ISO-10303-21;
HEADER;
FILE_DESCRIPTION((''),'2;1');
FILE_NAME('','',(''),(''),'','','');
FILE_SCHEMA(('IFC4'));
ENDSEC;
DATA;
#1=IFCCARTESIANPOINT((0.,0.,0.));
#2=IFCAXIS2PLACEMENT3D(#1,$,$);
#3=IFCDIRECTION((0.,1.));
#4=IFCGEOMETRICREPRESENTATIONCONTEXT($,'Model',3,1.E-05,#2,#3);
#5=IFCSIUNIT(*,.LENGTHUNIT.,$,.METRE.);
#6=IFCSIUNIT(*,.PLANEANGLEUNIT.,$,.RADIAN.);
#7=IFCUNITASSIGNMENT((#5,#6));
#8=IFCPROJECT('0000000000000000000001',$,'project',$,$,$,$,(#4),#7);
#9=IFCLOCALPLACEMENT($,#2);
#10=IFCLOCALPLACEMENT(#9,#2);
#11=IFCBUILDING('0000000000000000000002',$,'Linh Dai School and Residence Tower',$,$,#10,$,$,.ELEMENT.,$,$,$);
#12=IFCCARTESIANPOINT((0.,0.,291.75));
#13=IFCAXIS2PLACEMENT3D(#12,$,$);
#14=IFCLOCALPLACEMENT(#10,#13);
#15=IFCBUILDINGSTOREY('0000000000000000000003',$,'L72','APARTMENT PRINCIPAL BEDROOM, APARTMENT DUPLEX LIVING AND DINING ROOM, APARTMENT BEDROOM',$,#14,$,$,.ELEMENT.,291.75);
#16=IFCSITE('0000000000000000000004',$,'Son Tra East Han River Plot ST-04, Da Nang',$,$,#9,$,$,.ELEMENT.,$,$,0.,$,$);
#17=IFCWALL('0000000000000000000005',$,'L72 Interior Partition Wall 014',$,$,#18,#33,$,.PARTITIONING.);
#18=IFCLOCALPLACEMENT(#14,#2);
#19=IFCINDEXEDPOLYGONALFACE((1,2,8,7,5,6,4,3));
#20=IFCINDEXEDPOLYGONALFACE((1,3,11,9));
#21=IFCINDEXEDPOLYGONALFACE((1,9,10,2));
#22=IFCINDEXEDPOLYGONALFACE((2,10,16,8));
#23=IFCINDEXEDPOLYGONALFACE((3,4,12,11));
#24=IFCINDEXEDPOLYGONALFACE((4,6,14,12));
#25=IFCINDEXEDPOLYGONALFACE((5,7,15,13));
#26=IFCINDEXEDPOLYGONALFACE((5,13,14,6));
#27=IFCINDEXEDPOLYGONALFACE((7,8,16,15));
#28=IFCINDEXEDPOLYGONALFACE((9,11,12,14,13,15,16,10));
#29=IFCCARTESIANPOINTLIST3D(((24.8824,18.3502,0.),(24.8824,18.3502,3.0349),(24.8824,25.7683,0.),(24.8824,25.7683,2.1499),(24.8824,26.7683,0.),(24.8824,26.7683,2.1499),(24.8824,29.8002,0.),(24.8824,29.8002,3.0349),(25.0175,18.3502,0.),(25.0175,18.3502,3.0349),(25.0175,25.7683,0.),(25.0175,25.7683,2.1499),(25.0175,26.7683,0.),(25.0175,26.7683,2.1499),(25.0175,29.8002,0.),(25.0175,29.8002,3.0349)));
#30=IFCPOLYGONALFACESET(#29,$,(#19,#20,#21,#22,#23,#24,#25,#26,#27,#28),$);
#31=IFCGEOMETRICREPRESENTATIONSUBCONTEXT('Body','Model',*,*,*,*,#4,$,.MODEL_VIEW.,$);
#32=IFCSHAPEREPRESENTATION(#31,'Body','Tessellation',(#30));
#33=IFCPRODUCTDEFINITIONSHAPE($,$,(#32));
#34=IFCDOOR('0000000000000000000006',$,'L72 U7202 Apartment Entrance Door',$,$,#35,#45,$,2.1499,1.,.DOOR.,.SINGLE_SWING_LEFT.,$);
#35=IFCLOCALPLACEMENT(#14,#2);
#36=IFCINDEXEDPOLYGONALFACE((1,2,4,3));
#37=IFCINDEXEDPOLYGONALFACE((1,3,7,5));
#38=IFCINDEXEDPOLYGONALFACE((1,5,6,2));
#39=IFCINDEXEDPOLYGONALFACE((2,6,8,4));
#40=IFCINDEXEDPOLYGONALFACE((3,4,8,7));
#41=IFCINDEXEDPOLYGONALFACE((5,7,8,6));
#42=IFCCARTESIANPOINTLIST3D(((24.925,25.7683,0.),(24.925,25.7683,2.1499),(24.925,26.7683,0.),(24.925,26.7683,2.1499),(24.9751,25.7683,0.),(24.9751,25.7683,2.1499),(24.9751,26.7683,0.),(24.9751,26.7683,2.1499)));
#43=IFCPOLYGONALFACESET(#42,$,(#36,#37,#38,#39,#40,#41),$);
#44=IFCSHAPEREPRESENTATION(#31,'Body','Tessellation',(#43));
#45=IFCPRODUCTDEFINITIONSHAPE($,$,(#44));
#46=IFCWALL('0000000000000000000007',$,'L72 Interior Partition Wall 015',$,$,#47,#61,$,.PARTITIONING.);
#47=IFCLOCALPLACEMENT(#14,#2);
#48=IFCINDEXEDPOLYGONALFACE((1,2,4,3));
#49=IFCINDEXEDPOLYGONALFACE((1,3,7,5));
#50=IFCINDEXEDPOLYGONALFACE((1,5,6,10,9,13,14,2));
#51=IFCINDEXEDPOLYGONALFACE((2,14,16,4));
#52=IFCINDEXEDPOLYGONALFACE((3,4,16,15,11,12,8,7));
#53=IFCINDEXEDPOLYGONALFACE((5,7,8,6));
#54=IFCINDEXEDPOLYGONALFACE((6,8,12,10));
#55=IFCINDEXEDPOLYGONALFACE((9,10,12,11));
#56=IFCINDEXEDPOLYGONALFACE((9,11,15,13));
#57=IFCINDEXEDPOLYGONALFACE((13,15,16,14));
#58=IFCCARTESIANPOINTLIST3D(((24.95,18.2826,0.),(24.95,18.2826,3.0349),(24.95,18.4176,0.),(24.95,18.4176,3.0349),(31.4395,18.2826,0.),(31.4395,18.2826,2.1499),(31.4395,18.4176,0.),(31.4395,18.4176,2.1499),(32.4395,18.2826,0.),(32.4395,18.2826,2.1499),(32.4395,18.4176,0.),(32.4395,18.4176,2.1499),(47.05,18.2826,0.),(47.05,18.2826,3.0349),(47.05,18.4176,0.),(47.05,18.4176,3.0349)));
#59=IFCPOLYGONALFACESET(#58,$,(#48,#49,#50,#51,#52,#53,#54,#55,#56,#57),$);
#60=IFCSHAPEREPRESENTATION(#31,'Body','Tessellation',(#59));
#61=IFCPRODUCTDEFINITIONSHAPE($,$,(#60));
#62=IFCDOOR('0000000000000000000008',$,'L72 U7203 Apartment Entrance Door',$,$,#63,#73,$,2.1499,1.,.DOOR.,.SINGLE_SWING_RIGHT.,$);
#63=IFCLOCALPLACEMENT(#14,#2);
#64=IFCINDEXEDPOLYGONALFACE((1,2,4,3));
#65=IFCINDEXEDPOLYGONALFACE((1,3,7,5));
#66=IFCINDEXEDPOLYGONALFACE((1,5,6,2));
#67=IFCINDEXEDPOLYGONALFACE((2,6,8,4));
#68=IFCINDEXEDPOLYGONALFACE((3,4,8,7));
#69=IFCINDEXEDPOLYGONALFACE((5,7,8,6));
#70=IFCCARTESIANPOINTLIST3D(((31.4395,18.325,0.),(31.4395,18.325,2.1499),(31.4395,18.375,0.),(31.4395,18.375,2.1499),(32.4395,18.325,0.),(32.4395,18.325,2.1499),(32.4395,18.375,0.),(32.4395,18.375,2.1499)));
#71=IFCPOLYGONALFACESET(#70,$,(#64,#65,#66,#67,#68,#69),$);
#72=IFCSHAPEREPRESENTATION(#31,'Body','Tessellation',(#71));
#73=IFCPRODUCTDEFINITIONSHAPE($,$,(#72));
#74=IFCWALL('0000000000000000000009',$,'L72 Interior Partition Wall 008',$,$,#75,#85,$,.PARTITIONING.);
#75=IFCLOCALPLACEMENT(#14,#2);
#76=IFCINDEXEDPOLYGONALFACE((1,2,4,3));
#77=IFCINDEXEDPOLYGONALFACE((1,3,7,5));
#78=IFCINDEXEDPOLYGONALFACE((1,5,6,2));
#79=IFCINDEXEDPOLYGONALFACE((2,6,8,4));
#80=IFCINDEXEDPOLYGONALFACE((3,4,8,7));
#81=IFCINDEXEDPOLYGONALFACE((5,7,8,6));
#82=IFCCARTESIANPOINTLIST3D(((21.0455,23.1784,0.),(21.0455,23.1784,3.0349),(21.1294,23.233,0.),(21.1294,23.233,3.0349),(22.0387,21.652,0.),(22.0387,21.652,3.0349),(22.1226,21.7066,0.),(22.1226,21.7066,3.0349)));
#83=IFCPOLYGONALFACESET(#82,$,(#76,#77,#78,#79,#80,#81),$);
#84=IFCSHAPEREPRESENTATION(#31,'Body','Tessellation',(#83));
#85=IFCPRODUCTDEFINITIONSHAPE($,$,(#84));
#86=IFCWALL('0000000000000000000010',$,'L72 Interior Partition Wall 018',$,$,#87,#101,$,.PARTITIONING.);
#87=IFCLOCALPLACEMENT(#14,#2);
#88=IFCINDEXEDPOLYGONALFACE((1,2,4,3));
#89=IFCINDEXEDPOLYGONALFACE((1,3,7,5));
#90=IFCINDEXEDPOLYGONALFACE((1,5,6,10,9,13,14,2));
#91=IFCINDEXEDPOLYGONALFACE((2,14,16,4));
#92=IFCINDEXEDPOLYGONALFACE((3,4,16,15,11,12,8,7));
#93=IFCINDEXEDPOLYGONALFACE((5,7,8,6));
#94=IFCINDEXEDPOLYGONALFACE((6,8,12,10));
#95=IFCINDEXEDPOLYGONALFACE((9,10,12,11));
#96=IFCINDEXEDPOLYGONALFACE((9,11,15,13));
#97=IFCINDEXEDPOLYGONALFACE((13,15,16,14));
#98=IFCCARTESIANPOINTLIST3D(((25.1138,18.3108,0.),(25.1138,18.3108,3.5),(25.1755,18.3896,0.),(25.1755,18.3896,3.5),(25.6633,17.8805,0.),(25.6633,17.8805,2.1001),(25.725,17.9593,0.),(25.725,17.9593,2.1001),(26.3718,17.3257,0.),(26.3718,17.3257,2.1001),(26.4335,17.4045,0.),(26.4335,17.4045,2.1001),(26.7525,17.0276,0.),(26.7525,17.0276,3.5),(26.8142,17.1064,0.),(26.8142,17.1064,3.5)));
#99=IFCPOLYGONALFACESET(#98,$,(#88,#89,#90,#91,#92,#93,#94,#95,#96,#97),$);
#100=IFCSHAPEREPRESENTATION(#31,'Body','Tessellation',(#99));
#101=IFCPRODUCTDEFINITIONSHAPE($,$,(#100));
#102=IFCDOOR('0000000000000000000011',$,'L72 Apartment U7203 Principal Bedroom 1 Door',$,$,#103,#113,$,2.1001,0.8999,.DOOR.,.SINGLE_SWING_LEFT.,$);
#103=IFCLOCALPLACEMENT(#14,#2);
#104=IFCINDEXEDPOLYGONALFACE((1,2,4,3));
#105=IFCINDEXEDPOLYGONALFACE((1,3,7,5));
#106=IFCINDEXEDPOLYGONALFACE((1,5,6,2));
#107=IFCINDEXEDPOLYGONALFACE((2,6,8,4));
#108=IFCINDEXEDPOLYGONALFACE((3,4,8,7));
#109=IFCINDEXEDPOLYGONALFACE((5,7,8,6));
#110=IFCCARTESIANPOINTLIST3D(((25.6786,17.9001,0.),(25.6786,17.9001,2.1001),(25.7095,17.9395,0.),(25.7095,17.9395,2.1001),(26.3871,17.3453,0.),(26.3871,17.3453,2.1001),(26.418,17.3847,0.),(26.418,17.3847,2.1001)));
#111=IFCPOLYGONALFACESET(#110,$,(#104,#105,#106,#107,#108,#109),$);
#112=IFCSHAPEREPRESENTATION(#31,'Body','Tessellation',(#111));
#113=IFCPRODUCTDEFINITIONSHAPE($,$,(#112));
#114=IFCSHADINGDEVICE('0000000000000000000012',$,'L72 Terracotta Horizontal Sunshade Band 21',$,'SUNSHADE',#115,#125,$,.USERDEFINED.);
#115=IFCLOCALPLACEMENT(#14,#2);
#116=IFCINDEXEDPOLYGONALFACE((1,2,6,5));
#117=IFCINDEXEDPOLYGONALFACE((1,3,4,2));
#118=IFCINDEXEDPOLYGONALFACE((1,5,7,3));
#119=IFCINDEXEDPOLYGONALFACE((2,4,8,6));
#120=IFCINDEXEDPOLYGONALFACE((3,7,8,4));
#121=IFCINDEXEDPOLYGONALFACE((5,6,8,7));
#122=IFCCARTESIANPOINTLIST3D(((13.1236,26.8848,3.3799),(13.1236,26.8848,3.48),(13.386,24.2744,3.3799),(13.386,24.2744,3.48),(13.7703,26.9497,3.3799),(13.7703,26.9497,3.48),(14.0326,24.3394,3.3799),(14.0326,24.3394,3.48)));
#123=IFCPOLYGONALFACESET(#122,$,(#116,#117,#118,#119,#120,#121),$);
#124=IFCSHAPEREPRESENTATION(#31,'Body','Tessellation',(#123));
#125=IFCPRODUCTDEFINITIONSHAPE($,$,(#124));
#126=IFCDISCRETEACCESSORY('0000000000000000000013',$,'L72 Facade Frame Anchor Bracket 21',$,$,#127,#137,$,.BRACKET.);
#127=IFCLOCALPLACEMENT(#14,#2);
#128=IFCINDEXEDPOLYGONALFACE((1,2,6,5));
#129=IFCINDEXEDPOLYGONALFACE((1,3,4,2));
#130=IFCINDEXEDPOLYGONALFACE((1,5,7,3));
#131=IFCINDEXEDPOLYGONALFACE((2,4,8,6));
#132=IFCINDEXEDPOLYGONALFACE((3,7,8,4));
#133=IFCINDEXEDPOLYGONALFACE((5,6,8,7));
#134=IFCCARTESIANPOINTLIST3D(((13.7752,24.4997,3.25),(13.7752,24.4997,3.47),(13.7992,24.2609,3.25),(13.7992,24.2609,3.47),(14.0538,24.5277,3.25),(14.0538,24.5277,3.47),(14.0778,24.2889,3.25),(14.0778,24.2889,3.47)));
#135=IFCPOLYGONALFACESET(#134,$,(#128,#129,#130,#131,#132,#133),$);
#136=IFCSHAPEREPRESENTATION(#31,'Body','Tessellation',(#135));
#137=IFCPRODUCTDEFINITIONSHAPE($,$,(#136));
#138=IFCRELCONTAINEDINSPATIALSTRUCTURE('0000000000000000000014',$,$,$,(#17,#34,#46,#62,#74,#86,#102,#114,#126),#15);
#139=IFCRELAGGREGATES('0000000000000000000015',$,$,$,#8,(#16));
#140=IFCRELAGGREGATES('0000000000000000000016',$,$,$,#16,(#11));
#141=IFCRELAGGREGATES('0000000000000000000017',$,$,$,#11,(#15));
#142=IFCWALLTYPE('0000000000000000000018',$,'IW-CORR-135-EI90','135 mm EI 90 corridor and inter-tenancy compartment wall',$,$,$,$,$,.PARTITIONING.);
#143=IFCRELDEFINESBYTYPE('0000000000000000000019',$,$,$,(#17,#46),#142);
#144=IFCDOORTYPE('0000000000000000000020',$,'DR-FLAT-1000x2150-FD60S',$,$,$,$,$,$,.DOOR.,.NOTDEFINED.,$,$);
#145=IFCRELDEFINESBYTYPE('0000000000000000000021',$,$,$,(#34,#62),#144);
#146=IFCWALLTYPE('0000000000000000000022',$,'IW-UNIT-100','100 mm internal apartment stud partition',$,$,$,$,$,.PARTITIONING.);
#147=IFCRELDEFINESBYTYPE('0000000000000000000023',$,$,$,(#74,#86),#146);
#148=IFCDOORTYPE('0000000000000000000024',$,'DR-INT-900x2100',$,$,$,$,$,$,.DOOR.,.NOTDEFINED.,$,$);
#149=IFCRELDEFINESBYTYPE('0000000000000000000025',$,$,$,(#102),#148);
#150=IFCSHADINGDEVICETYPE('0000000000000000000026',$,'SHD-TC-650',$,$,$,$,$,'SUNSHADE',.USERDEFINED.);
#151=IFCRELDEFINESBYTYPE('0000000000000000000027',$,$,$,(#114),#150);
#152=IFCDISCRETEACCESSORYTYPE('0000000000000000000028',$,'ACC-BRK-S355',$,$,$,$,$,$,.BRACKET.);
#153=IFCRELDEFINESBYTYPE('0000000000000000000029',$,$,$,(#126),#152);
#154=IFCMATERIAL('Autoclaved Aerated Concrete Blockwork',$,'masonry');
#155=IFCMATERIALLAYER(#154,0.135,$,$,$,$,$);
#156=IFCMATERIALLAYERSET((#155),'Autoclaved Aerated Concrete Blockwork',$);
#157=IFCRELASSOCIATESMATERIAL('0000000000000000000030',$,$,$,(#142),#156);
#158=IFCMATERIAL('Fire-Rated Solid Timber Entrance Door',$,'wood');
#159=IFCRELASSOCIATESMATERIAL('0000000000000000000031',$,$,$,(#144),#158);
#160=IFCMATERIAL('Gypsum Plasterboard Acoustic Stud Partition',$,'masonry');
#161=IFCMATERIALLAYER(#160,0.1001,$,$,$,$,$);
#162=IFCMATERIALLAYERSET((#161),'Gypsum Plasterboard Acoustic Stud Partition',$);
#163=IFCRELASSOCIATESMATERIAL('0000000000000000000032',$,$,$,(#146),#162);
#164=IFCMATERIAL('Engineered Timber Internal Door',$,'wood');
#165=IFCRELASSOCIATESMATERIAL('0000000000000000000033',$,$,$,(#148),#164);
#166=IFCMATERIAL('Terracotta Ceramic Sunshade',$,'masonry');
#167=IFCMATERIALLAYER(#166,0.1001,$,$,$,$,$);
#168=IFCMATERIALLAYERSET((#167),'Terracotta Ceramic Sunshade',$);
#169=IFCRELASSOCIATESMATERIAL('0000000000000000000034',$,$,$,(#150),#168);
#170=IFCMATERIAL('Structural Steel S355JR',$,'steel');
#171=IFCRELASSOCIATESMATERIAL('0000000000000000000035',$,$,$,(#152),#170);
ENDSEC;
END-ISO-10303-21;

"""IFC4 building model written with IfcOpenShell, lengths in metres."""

from ifc_helpers import new_model, si_unit, direction, frame, frame_2d, origin, origin_2d, place, context, subcontext, project, spatial, rectangle, extrude, source, transform, mapped, material, layer, layer_set, type_object, element, fill, save


model = new_model("IFC4")

# Units and contexts
model_context = context("Model", 3, precision=1e-05, world=origin(), true_north=direction((0.0, 1.0)))
body_context = subcontext(model_context, "Body", "Model", "MODEL_VIEW")
ifc_project = project(units=[si_unit("LENGTHUNIT", "METRE"), si_unit("PLANEANGLEUNIT", "RADIAN")], contexts=[model_context])

# Site, building, storey
site_placement = place(None, origin())
site = spatial("IfcSite", under=ifc_project, at=site_placement, Name="Son Tra East Han River Plot ST-04, Da Nang", CompositionType="ELEMENT", RefElevation=0.0)
building_placement = place(site_placement, origin())
building = spatial("IfcBuilding", under=site, at=building_placement, Name="Linh Dai School and Residence Tower", CompositionType="ELEMENT")
storey_placement = place(building_placement, frame((0.0, 0.0, 291.75)))
storey = spatial("IfcBuildingStorey", under=building, at=storey_placement, Name="L72", Description="APARTMENT PRINCIPAL BEDROOM, APARTMENT DUPLEX LIVING AND DINING ROOM, APARTMENT BEDROOM", CompositionType="ELEMENT", Elevation=291.75)

# Shared definitions
ifc_material_1 = material(Name="Structural Steel S355JR", Category="steel")

# Shared definitions
ifc_material_2 = material(Name="Autoclaved Aerated Concrete Blockwork", Category="masonry")
ifc_layer_1 = layer(ifc_material_2, 0.135)
ifc_layer_set_1 = layer_set([ifc_layer_1], Name="Autoclaved Aerated Concrete Blockwork")
wall_type_1 = type_object("IfcWallType", Name="IW-CORR-135-EI90", Description="135 mm EI 90 corridor and inter-tenancy compartment wall", PredefinedType="PARTITIONING", material=ifc_layer_set_1)

# Walls, openings, doors
wall_1_placement = place(storey_placement, frame((24.95, 18.3501, 0.0), z_axis=(0.0, 0.0, 1.0), x_axis=(0.0, 1.0, 0.0)))
wall_1 = element("IfcWall", 1, at=wall_1_placement, inside=storey, type_object=wall_type_1, Name="L72 Interior Partition Wall 014", PredefinedType="PARTITIONING", context=body_context, shape_type="SweptSolid", body=[
    extrude(rectangle(XDim=11.45, YDim=0.135, at=frame_2d((5.7251, 0.0))), origin(), (0.0, 0.0, 1.0), 3.0349),
])
opening_1_placement = place(wall_1_placement, frame((7.4182, 0.0, 0.0)))
opening_1 = element("IfcOpeningElement", 2, at=opening_1_placement, cuts=wall_1, PredefinedType="OPENING", context=body_context, shape_type="SweptSolid", body=[
    extrude(rectangle(XDim=1.0, YDim=2.1499, at=origin_2d()), frame((0.5, 0.0776, 1.075), z_axis=(0.0, -1.0, 0.0), x_axis=(1.0, 0.0, 0.0)), (0.0, 0.0, 1.0), 0.155),
])
ifc_material_3 = material(Name="Fire-Rated Solid Timber Entrance Door", Category="wood")
door_type_1 = type_object("IfcDoorType", Name="DR-FLAT-1000x2150-FD60S", OperationType="NOTDEFINED", PredefinedType="DOOR", material=ifc_material_3)
shared_shape_1 = source(origin(), body_context, "Body", "SweptSolid", [
    extrude(rectangle(XDim=1.0, YDim=2.1499, at=origin_2d()), frame((0.5, 0.0249, 1.075), z_axis=(0.0, -1.0, 0.0), x_axis=(1.0, 0.0, 0.0)), (0.0, 0.0, 1.0), 0.05),
])
door_1_placement = place(opening_1_placement, origin())
door_1 = element("IfcDoor", 3, at=door_1_placement, inside=storey, type_object=door_type_1, Name="L72 U7202 Apartment Entrance Door", OperationType="SINGLE_SWING_LEFT", OverallHeight=2.1499, OverallWidth=1.0, PredefinedType="DOOR", context=body_context, shape_type="MappedRepresentation", body=[
    mapped(shared_shape_1, transform((0.0, 0.0, 0.0), x_axis=(1.0, 0.0, 0.0), y_axis=(0.0, 1.0, 0.0), z_axis=(0.0, 0.0, 1.0), scale=1.0)),
])
fill(opening_1, door_1)
wall_2_placement = place(storey_placement, frame((24.95, 18.3501, 0.0), z_axis=(0.0, 0.0, 1.0), x_axis=(1.0, 0.0, 0.0)))
wall_2 = element("IfcWall", 4, at=wall_2_placement, inside=storey, type_object=wall_type_1, Name="L72 Interior Partition Wall 015", PredefinedType="PARTITIONING", context=body_context, shape_type="SweptSolid", body=[
    extrude(rectangle(XDim=22.1001, YDim=0.135, at=frame_2d((11.05, 0.0))), origin(), (0.0, 0.0, 1.0), 3.0349),
])
opening_2_placement = place(wall_2_placement, frame((6.4895, 0.0, 0.0)))
opening_2 = element("IfcOpeningElement", 5, at=opening_2_placement, cuts=wall_2, PredefinedType="OPENING", context=body_context, shape_type="SweptSolid", body=[
    extrude(rectangle(XDim=1.0, YDim=2.1499, at=origin_2d()), frame((0.5, 0.0776, 1.075), z_axis=(0.0, -1.0, 0.0), x_axis=(1.0, 0.0, 0.0)), (0.0, 0.0, 1.0), 0.155),
])
door_2_placement = place(opening_2_placement, origin())
door_2 = element("IfcDoor", 6, at=door_2_placement, inside=storey, type_object=door_type_1, Name="L72 U7203 Apartment Entrance Door", OperationType="SINGLE_SWING_RIGHT", OverallHeight=2.1499, OverallWidth=1.0, PredefinedType="DOOR", context=body_context, shape_type="MappedRepresentation", body=[
    mapped(shared_shape_1, transform((0.0, 0.0, 0.0), x_axis=(1.0, 0.0, 0.0), y_axis=(0.0, 1.0, 0.0), z_axis=(0.0, 0.0, 1.0), scale=1.0)),
])
fill(opening_2, door_2)

# Wall
ifc_material_4 = material(Name="Gypsum Plasterboard Acoustic Stud Partition", Category="masonry")
ifc_layer_2 = layer(ifc_material_4, 0.1001)
ifc_layer_set_2 = layer_set([ifc_layer_2], Name="Gypsum Plasterboard Acoustic Stud Partition")
wall_type_2 = type_object("IfcWallType", Name="IW-UNIT-100", Description="100 mm internal apartment stud partition", PredefinedType="PARTITIONING", material=ifc_layer_set_2)
wall_3_placement = place(storey_placement, frame((21.0874, 23.2058, 0.0), z_axis=(0.0, 0.0, 1.0), x_axis=(0.545384, -0.838186, 0.0)))
element("IfcWall", 7, at=wall_3_placement, inside=storey, type_object=wall_type_2, Name="L72 Interior Partition Wall 008", PredefinedType="PARTITIONING", context=body_context, shape_type="SweptSolid", body=[
    extrude(rectangle(XDim=1.821, YDim=0.1001, at=frame_2d((0.9106, 0.0))), origin(), (0.0, 0.0, 1.0), 3.0349),
])

# Wall, opening, door
wall_4_placement = place(storey_placement, frame((25.1448, 18.3501, 0.0), z_axis=(0.0, 0.0, 1.0), x_axis=(0.787327, -0.616536, 0.0)))
wall_4 = element("IfcWall", 8, at=wall_4_placement, inside=storey, type_object=wall_type_2, Name="L72 Interior Partition Wall 018", PredefinedType="PARTITIONING", context=body_context, shape_type="SweptSolid", body=[
    extrude(rectangle(XDim=2.0813, YDim=0.1001, at=frame_2d((1.0405, 0.0))), origin(), (0.0, 0.0, 1.0), 3.5),
])
opening_3_placement = place(wall_4_placement, frame((0.6978, 0.0, 0.0)))
opening_3 = element("IfcOpeningElement", 9, at=opening_3_placement, cuts=wall_4, PredefinedType="OPENING", context=body_context, shape_type="SweptSolid", body=[
    extrude(rectangle(XDim=0.8999, YDim=2.1001, at=origin_2d()), frame((0.45, 0.0601, 1.05), z_axis=(0.0, -1.0, 0.0), x_axis=(1.0, 0.0, 0.0)), (0.0, 0.0, 1.0), 0.1201),
])
ifc_material_5 = material(Name="Engineered Timber Internal Door", Category="wood")
door_type_2 = type_object("IfcDoorType", Name="DR-INT-900x2100", OperationType="NOTDEFINED", PredefinedType="DOOR", material=ifc_material_5)
shared_shape_2 = source(origin(), body_context, "Body", "SweptSolid", [
    extrude(rectangle(XDim=0.8999, YDim=2.1001, at=origin_2d()), frame((0.45, 0.0249, 1.05), z_axis=(0.0, -1.0, 0.0), x_axis=(1.0, 0.0, 0.0)), (0.0, 0.0, 1.0), 0.05),
])
door_3_placement = place(opening_3_placement, origin())
door_3 = element("IfcDoor", 10, at=door_3_placement, inside=storey, type_object=door_type_2, Name="L72 Apartment U7203 Principal Bedroom 1 Door", OperationType="SINGLE_SWING_LEFT", OverallHeight=2.1001, OverallWidth=0.8999, PredefinedType="DOOR", context=body_context, shape_type="MappedRepresentation", body=[
    mapped(shared_shape_2, transform((0.0, 0.0, 0.0), x_axis=(1.0, 0.0, 0.0), y_axis=(0.0, 1.0, 0.0), z_axis=(0.0, 0.0, 1.0), scale=1.0)),
])
fill(opening_3, door_3)

# Shading device
ifc_material_6 = material(Name="Terracotta Ceramic Sunshade", Category="masonry")
ifc_layer_3 = layer(ifc_material_6, 0.1001)
ifc_layer_set_3 = layer_set([ifc_layer_3], Name="Terracotta Ceramic Sunshade")
shading_device_type = type_object("IfcShadingDeviceType", Name="SHD-TC-650", ElementType="SUNSHADE", PredefinedType="USERDEFINED", material=ifc_layer_set_3)
shared_shape_3 = source(origin(), body_context, "Body", "SweptSolid", [
    extrude(rectangle(XDim=2.6235, YDim=0.6499, at=origin_2d()), origin(), (0.0, 0.0, 1.0), 0.1001),
])
shading_device_placement = place(storey_placement, frame((13.5781, 25.6121, 3.3799), z_axis=(0.0, 0.0, 1.0), x_axis=(-0.100008, 0.994987, 0.0)))
element("IfcShadingDevice", 11, at=shading_device_placement, inside=storey, type_object=shading_device_type, Name="L72 Terracotta Horizontal Sunshade Band 21", ObjectType="SUNSHADE", PredefinedType="USERDEFINED", context=body_context, shape_type="MappedRepresentation", body=[
    mapped(shared_shape_3, transform((0.0, 0.0, 0.0), x_axis=(1.0, 0.0, 0.0), y_axis=(0.0, 1.0, 0.0), z_axis=(0.0, 0.0, 1.0), scale=1.0)),
])

# Discrete accessory
discrete_accessory_type = type_object("IfcDiscreteAccessoryType", Name="ACC-BRK-S355", PredefinedType="BRACKET", material=ifc_material_1)
shared_shape_4 = source(origin(), body_context, "Body", "SweptSolid", [
    extrude(rectangle(XDim=0.28, YDim=0.24, at=origin_2d()), origin(), (0.0, 0.0, 1.0), 0.22),
])
discrete_accessory_placement = place(storey_placement, frame((13.9265, 24.3943, 3.25), z_axis=(0.0, 0.0, 1.0), x_axis=(-0.994987, -0.100008, 0.0)))
element("IfcDiscreteAccessory", 12, at=discrete_accessory_placement, inside=storey, type_object=discrete_accessory_type, Name="L72 Facade Frame Anchor Bracket 21", PredefinedType="BRACKET", context=body_context, shape_type="MappedRepresentation", body=[
    mapped(shared_shape_4, transform((0.0, 0.0, 0.0), x_axis=(1.0, 0.0, 0.0), y_axis=(0.0, 1.0, 0.0), z_axis=(0.0, 0.0, 1.0), scale=1.0)),
])

save(model, "model.ifc")
